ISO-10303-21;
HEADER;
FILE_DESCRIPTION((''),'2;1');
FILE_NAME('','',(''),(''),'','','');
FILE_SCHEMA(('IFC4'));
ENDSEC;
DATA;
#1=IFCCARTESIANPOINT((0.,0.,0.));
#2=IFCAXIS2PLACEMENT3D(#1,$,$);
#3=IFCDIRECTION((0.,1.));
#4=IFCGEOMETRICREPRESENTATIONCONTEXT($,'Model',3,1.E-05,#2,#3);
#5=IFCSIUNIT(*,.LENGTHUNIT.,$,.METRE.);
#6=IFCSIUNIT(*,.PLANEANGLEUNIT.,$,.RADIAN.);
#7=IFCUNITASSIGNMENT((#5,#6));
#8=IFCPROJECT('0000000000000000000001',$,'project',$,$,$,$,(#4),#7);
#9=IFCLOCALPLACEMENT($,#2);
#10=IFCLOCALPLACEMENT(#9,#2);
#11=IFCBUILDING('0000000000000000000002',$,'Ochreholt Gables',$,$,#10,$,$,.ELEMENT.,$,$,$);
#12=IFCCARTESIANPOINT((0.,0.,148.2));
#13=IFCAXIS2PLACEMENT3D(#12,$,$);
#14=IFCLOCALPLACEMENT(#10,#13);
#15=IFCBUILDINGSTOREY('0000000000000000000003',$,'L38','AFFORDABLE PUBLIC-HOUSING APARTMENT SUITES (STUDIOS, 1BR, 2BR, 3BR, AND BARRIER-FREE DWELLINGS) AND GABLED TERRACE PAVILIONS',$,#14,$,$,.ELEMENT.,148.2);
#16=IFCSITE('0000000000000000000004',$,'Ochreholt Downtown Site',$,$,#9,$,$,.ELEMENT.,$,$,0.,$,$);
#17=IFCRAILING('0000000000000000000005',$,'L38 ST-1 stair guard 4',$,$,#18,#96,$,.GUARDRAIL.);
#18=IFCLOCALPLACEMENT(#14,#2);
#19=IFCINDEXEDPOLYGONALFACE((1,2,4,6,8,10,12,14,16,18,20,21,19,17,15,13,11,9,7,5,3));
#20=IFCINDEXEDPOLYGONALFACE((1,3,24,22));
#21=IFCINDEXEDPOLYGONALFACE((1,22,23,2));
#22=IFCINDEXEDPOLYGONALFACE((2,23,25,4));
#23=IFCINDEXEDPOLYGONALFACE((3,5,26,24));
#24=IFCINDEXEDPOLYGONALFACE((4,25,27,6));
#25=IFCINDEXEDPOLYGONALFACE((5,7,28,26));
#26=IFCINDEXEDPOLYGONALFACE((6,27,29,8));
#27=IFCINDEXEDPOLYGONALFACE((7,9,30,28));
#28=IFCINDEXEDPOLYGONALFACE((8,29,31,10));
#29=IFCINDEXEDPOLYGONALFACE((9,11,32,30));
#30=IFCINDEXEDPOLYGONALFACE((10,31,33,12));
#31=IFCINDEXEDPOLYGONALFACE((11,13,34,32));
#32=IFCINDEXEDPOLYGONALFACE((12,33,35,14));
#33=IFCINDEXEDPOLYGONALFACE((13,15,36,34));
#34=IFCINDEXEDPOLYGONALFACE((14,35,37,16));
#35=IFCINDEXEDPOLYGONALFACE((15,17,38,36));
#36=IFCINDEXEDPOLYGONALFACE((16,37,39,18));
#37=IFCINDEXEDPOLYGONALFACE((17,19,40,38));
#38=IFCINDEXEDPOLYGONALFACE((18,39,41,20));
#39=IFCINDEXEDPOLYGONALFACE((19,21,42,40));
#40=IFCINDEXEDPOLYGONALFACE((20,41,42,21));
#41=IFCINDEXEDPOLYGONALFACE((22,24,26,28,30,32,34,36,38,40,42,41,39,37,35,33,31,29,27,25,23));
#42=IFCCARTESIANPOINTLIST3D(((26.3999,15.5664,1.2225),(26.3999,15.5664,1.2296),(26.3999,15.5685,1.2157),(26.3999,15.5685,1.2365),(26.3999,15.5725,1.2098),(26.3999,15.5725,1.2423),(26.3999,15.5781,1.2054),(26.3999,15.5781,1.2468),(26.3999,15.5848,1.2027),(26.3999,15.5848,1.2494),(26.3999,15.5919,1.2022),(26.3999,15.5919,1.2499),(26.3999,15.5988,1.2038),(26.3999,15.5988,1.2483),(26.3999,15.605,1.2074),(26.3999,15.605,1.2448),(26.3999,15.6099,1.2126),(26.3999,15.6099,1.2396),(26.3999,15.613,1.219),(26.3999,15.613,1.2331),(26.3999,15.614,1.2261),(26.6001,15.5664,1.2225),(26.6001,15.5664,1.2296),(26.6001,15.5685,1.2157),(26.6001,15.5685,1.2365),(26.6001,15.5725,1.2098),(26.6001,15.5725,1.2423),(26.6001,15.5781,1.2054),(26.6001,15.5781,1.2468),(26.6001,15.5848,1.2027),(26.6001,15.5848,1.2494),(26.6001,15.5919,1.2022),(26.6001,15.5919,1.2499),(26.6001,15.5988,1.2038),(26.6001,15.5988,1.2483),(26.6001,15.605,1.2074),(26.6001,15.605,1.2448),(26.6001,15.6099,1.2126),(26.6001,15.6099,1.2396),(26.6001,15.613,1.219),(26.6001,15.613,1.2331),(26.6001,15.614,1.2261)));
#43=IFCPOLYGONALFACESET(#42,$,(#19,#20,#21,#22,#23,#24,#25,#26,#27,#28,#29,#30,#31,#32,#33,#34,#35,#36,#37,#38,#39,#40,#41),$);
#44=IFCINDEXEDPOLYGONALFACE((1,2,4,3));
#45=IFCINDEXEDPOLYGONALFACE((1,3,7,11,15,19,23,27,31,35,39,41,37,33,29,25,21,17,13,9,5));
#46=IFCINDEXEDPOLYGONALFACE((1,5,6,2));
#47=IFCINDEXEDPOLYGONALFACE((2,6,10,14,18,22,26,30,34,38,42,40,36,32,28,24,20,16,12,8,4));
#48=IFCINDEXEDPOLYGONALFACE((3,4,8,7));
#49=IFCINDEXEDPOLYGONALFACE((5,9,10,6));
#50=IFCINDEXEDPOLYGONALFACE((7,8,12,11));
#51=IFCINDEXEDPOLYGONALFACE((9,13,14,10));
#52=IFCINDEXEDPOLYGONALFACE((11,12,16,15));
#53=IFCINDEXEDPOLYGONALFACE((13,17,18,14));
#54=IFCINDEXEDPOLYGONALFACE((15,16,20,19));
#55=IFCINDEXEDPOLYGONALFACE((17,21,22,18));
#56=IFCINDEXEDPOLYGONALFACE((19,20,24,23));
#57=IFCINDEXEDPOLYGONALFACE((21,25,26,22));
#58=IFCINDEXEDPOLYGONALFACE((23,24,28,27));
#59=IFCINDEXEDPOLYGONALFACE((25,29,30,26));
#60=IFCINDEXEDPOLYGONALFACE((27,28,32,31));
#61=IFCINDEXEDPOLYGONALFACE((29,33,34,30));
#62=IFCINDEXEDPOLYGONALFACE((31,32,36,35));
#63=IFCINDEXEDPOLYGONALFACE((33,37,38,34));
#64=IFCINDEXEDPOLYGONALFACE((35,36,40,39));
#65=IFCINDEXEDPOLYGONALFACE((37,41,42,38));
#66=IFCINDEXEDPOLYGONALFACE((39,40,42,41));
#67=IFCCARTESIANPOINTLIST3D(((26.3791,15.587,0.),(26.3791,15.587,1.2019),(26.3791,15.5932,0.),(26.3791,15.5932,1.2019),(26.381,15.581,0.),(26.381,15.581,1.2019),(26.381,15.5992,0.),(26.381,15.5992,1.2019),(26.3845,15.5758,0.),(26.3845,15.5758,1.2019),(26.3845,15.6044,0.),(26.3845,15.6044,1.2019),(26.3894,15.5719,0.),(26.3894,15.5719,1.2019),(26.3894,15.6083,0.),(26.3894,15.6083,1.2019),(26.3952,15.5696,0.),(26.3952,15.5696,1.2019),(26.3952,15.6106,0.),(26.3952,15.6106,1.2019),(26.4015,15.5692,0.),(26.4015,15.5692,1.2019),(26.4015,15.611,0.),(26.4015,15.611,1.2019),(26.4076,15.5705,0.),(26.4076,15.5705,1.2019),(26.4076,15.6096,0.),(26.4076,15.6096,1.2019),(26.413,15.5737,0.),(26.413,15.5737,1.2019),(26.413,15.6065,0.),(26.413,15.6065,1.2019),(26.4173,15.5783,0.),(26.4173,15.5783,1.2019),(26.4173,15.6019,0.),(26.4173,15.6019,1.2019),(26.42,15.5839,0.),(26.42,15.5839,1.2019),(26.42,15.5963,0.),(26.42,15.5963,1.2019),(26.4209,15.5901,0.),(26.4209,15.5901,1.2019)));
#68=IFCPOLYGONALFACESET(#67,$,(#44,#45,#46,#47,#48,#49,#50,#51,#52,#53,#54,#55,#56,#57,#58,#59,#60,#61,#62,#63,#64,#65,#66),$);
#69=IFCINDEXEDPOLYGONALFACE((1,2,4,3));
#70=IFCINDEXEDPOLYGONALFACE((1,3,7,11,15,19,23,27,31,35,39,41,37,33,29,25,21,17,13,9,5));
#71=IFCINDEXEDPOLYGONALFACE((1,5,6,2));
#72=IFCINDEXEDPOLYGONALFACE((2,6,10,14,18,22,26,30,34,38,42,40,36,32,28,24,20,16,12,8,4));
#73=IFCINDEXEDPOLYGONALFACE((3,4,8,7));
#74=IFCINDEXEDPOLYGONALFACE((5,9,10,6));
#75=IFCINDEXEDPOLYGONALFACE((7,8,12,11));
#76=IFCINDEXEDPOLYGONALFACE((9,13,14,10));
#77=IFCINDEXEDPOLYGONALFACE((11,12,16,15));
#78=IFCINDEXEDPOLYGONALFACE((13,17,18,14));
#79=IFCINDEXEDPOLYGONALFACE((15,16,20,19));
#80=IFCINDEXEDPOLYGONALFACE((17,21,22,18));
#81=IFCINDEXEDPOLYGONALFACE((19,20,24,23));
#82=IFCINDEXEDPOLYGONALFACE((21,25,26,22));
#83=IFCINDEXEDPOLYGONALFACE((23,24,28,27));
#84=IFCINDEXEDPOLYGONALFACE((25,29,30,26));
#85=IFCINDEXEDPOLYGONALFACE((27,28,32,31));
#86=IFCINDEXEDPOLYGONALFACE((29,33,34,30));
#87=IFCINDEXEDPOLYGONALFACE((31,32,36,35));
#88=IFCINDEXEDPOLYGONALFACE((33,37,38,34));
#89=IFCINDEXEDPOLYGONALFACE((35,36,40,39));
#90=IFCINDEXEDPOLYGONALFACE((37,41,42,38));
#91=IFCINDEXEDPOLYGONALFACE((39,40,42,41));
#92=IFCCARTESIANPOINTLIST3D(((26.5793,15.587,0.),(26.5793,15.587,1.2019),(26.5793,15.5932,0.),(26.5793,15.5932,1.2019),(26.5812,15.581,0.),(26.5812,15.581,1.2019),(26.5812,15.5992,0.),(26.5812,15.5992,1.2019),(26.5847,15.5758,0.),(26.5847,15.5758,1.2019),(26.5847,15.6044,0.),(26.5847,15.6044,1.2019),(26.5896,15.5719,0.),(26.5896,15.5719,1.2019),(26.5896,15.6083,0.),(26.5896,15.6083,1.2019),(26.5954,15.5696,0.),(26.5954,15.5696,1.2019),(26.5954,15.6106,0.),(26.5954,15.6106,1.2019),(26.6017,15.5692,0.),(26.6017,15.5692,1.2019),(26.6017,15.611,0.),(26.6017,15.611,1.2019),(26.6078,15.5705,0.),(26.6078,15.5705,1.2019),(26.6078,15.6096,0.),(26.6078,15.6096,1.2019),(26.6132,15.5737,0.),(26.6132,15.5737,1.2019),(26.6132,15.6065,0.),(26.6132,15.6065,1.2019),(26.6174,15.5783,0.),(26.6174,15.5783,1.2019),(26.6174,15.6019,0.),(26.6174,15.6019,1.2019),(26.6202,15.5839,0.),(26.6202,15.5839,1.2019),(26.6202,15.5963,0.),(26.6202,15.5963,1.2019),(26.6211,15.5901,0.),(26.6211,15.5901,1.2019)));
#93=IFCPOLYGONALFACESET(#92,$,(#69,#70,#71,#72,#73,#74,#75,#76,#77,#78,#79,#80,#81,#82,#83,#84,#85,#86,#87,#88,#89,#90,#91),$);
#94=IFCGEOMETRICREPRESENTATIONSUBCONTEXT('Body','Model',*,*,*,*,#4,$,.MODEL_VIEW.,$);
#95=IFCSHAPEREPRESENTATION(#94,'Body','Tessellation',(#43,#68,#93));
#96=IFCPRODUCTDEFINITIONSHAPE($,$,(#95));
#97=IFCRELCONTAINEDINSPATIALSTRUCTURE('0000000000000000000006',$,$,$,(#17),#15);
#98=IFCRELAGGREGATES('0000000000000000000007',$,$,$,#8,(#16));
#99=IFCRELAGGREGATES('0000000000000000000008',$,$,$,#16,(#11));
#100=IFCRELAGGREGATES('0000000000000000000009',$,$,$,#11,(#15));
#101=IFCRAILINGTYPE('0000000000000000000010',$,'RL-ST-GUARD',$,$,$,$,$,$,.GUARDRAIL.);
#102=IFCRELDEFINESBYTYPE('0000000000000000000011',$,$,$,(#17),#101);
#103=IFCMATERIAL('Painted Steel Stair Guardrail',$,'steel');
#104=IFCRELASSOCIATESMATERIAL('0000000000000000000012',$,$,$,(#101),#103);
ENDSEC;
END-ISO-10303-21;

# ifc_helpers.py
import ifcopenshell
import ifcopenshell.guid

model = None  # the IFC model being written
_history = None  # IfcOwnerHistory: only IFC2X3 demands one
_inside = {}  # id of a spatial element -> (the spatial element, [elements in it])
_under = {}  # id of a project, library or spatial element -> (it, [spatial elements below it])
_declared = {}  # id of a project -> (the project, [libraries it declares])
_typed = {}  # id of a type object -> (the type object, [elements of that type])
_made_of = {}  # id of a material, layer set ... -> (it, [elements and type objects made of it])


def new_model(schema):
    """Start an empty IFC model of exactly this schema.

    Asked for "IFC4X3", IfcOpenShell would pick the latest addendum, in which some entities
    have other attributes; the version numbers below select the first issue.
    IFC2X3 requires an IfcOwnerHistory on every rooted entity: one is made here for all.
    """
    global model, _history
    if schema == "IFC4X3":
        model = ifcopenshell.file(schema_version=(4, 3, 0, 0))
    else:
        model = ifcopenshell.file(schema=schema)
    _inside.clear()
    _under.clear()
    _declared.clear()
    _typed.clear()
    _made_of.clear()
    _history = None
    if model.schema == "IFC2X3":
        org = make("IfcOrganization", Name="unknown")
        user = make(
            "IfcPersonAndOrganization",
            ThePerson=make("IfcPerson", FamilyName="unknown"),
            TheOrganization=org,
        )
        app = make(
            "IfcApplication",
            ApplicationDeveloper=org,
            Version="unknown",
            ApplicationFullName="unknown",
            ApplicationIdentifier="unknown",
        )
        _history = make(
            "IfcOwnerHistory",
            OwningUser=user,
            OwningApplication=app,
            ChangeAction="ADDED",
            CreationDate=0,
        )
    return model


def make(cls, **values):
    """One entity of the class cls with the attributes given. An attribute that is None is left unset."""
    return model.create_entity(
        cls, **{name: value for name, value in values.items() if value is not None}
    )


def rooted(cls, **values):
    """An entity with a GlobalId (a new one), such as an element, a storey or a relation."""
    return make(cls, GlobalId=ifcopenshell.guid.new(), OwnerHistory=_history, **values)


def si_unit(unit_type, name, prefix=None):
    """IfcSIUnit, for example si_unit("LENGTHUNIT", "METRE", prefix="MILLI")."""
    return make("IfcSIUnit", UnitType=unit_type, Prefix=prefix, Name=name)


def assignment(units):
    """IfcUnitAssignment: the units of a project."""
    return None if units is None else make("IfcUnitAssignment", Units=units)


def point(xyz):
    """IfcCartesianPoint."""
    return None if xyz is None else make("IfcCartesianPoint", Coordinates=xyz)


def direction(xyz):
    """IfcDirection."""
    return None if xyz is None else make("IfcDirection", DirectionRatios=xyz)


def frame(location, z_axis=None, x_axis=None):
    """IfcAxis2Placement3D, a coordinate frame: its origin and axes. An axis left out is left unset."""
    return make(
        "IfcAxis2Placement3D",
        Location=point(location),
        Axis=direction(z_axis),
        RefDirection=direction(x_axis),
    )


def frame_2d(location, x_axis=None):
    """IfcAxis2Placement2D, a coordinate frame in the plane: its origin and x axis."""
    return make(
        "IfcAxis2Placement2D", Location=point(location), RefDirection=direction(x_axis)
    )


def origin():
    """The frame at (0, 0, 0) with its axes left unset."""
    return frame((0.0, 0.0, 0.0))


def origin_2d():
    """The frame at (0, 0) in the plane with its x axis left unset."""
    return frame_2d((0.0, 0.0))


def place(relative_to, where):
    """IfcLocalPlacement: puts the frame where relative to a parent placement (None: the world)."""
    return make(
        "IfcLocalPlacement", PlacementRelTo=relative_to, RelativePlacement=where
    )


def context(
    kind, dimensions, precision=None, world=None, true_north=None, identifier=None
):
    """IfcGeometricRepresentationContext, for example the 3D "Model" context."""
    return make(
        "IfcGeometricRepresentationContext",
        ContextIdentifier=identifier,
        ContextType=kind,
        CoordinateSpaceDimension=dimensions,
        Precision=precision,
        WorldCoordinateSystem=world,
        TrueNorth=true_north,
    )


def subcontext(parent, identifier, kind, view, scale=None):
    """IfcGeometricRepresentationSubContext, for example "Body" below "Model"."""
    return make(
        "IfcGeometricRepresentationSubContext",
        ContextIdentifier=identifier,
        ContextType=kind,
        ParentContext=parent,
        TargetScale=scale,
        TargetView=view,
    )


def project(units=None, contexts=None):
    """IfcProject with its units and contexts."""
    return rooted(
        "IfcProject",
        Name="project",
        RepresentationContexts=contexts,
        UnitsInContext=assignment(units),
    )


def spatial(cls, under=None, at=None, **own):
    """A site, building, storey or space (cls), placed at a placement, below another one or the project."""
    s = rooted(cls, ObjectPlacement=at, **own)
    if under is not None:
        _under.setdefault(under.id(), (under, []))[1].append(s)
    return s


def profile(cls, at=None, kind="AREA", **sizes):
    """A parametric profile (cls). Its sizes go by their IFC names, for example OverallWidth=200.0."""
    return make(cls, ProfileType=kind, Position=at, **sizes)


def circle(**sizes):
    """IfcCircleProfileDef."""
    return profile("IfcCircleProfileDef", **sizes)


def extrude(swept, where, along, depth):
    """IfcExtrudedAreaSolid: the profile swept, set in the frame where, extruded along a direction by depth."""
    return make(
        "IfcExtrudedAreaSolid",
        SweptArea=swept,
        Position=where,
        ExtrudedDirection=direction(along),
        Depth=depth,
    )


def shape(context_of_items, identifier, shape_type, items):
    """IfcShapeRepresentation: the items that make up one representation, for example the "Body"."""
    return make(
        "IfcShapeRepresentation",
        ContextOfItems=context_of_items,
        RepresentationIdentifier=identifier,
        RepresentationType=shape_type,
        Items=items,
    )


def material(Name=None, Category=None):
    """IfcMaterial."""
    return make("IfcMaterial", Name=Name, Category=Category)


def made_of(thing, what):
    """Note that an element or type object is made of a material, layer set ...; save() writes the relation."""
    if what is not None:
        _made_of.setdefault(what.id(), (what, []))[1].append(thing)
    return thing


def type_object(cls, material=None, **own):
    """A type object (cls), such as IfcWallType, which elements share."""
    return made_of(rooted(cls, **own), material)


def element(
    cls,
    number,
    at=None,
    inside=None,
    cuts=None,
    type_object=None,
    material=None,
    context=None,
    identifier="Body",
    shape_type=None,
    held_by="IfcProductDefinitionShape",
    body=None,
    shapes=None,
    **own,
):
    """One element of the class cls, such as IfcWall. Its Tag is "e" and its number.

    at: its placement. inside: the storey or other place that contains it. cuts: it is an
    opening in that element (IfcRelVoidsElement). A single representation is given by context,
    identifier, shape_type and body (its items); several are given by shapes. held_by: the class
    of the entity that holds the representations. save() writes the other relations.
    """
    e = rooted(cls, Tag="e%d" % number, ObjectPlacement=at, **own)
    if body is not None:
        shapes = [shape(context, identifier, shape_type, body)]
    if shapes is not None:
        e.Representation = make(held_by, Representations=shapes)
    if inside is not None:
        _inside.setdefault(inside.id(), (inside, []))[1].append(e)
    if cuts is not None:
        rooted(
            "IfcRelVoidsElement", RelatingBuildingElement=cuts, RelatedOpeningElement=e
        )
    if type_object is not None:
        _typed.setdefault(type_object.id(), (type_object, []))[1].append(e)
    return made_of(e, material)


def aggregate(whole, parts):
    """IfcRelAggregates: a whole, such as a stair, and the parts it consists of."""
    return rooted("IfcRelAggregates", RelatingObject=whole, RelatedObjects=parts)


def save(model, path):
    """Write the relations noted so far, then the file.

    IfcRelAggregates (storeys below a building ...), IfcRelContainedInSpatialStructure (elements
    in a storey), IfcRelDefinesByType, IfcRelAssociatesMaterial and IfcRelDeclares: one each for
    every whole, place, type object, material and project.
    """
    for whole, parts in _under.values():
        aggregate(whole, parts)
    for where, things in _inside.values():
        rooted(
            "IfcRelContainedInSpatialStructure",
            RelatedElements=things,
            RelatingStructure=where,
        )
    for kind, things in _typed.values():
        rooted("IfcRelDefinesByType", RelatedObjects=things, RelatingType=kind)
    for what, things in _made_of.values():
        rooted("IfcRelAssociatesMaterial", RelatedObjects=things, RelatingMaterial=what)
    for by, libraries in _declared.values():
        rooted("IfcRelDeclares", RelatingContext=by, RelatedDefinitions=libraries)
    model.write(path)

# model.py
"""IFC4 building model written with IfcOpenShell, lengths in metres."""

from ifc_helpers import new_model, si_unit, direction, frame, origin, origin_2d, place, context, subcontext, project, spatial, circle, extrude, material, type_object, element, save


model = new_model("IFC4")

# Units and contexts
model_context = context("Model", 3, precision=1e-05, world=origin(), true_north=direction((0.0, 1.0)))
body_context = subcontext(model_context, "Body", "Model", "MODEL_VIEW")
ifc_project = project(units=[si_unit("LENGTHUNIT", "METRE"), si_unit("PLANEANGLEUNIT", "RADIAN")], contexts=[model_context])

# Site, building, storey
site_placement = place(None, origin())
site = spatial("IfcSite", under=ifc_project, at=site_placement, Name="Ochreholt Downtown Site", CompositionType="ELEMENT", RefElevation=0.0)
building_placement = place(site_placement, origin())
building = spatial("IfcBuilding", under=site, at=building_placement, Name="Ochreholt Gables", CompositionType="ELEMENT")
storey_placement = place(building_placement, frame((0.0, 0.0, 148.2)))
storey = spatial("IfcBuildingStorey", under=building, at=storey_placement, Name="L38", Description="AFFORDABLE PUBLIC-HOUSING APARTMENT SUITES (STUDIOS, 1BR, 2BR, 3BR, AND BARRIER-FREE DWELLINGS) AND GABLED TERRACE PAVILIONS", CompositionType="ELEMENT", Elevation=148.2)

# Railing
ifc_material_1 = material(Name="Painted Steel Stair Guardrail", Category="steel")
railing_type_1 = type_object("IfcRailingType", Name="RL-ST-GUARD", PredefinedType="GUARDRAIL", material=ifc_material_1)
railing_1_placement = place(storey_placement, frame((26.3999, 15.5901, 0.0)))
element("IfcRailing", 1, at=railing_1_placement, inside=storey, type_object=railing_type_1, Name="L38 ST-1 stair guard 4", PredefinedType="GUARDRAIL", context=body_context, shape_type="SweptSolid", body=[
    extrude(circle(Radius=0.0239, at=origin_2d()), frame((0.0, 0.0, 1.2261), z_axis=(1.0, 0.0, 0.0), x_axis=(0.0, 1.0, 0.0)), (0.0, 0.0, 1.0), 0.2002),
    extrude(circle(Radius=0.021, at=origin_2d()), origin(), (0.0, 0.0, 1.0), 1.2019),
    extrude(circle(Radius=0.021, at=origin_2d()), frame((0.2002, 0.0, 0.0)), (0.0, 0.0, 1.0), 1.2019),
])

save(model, "model.ifc")
